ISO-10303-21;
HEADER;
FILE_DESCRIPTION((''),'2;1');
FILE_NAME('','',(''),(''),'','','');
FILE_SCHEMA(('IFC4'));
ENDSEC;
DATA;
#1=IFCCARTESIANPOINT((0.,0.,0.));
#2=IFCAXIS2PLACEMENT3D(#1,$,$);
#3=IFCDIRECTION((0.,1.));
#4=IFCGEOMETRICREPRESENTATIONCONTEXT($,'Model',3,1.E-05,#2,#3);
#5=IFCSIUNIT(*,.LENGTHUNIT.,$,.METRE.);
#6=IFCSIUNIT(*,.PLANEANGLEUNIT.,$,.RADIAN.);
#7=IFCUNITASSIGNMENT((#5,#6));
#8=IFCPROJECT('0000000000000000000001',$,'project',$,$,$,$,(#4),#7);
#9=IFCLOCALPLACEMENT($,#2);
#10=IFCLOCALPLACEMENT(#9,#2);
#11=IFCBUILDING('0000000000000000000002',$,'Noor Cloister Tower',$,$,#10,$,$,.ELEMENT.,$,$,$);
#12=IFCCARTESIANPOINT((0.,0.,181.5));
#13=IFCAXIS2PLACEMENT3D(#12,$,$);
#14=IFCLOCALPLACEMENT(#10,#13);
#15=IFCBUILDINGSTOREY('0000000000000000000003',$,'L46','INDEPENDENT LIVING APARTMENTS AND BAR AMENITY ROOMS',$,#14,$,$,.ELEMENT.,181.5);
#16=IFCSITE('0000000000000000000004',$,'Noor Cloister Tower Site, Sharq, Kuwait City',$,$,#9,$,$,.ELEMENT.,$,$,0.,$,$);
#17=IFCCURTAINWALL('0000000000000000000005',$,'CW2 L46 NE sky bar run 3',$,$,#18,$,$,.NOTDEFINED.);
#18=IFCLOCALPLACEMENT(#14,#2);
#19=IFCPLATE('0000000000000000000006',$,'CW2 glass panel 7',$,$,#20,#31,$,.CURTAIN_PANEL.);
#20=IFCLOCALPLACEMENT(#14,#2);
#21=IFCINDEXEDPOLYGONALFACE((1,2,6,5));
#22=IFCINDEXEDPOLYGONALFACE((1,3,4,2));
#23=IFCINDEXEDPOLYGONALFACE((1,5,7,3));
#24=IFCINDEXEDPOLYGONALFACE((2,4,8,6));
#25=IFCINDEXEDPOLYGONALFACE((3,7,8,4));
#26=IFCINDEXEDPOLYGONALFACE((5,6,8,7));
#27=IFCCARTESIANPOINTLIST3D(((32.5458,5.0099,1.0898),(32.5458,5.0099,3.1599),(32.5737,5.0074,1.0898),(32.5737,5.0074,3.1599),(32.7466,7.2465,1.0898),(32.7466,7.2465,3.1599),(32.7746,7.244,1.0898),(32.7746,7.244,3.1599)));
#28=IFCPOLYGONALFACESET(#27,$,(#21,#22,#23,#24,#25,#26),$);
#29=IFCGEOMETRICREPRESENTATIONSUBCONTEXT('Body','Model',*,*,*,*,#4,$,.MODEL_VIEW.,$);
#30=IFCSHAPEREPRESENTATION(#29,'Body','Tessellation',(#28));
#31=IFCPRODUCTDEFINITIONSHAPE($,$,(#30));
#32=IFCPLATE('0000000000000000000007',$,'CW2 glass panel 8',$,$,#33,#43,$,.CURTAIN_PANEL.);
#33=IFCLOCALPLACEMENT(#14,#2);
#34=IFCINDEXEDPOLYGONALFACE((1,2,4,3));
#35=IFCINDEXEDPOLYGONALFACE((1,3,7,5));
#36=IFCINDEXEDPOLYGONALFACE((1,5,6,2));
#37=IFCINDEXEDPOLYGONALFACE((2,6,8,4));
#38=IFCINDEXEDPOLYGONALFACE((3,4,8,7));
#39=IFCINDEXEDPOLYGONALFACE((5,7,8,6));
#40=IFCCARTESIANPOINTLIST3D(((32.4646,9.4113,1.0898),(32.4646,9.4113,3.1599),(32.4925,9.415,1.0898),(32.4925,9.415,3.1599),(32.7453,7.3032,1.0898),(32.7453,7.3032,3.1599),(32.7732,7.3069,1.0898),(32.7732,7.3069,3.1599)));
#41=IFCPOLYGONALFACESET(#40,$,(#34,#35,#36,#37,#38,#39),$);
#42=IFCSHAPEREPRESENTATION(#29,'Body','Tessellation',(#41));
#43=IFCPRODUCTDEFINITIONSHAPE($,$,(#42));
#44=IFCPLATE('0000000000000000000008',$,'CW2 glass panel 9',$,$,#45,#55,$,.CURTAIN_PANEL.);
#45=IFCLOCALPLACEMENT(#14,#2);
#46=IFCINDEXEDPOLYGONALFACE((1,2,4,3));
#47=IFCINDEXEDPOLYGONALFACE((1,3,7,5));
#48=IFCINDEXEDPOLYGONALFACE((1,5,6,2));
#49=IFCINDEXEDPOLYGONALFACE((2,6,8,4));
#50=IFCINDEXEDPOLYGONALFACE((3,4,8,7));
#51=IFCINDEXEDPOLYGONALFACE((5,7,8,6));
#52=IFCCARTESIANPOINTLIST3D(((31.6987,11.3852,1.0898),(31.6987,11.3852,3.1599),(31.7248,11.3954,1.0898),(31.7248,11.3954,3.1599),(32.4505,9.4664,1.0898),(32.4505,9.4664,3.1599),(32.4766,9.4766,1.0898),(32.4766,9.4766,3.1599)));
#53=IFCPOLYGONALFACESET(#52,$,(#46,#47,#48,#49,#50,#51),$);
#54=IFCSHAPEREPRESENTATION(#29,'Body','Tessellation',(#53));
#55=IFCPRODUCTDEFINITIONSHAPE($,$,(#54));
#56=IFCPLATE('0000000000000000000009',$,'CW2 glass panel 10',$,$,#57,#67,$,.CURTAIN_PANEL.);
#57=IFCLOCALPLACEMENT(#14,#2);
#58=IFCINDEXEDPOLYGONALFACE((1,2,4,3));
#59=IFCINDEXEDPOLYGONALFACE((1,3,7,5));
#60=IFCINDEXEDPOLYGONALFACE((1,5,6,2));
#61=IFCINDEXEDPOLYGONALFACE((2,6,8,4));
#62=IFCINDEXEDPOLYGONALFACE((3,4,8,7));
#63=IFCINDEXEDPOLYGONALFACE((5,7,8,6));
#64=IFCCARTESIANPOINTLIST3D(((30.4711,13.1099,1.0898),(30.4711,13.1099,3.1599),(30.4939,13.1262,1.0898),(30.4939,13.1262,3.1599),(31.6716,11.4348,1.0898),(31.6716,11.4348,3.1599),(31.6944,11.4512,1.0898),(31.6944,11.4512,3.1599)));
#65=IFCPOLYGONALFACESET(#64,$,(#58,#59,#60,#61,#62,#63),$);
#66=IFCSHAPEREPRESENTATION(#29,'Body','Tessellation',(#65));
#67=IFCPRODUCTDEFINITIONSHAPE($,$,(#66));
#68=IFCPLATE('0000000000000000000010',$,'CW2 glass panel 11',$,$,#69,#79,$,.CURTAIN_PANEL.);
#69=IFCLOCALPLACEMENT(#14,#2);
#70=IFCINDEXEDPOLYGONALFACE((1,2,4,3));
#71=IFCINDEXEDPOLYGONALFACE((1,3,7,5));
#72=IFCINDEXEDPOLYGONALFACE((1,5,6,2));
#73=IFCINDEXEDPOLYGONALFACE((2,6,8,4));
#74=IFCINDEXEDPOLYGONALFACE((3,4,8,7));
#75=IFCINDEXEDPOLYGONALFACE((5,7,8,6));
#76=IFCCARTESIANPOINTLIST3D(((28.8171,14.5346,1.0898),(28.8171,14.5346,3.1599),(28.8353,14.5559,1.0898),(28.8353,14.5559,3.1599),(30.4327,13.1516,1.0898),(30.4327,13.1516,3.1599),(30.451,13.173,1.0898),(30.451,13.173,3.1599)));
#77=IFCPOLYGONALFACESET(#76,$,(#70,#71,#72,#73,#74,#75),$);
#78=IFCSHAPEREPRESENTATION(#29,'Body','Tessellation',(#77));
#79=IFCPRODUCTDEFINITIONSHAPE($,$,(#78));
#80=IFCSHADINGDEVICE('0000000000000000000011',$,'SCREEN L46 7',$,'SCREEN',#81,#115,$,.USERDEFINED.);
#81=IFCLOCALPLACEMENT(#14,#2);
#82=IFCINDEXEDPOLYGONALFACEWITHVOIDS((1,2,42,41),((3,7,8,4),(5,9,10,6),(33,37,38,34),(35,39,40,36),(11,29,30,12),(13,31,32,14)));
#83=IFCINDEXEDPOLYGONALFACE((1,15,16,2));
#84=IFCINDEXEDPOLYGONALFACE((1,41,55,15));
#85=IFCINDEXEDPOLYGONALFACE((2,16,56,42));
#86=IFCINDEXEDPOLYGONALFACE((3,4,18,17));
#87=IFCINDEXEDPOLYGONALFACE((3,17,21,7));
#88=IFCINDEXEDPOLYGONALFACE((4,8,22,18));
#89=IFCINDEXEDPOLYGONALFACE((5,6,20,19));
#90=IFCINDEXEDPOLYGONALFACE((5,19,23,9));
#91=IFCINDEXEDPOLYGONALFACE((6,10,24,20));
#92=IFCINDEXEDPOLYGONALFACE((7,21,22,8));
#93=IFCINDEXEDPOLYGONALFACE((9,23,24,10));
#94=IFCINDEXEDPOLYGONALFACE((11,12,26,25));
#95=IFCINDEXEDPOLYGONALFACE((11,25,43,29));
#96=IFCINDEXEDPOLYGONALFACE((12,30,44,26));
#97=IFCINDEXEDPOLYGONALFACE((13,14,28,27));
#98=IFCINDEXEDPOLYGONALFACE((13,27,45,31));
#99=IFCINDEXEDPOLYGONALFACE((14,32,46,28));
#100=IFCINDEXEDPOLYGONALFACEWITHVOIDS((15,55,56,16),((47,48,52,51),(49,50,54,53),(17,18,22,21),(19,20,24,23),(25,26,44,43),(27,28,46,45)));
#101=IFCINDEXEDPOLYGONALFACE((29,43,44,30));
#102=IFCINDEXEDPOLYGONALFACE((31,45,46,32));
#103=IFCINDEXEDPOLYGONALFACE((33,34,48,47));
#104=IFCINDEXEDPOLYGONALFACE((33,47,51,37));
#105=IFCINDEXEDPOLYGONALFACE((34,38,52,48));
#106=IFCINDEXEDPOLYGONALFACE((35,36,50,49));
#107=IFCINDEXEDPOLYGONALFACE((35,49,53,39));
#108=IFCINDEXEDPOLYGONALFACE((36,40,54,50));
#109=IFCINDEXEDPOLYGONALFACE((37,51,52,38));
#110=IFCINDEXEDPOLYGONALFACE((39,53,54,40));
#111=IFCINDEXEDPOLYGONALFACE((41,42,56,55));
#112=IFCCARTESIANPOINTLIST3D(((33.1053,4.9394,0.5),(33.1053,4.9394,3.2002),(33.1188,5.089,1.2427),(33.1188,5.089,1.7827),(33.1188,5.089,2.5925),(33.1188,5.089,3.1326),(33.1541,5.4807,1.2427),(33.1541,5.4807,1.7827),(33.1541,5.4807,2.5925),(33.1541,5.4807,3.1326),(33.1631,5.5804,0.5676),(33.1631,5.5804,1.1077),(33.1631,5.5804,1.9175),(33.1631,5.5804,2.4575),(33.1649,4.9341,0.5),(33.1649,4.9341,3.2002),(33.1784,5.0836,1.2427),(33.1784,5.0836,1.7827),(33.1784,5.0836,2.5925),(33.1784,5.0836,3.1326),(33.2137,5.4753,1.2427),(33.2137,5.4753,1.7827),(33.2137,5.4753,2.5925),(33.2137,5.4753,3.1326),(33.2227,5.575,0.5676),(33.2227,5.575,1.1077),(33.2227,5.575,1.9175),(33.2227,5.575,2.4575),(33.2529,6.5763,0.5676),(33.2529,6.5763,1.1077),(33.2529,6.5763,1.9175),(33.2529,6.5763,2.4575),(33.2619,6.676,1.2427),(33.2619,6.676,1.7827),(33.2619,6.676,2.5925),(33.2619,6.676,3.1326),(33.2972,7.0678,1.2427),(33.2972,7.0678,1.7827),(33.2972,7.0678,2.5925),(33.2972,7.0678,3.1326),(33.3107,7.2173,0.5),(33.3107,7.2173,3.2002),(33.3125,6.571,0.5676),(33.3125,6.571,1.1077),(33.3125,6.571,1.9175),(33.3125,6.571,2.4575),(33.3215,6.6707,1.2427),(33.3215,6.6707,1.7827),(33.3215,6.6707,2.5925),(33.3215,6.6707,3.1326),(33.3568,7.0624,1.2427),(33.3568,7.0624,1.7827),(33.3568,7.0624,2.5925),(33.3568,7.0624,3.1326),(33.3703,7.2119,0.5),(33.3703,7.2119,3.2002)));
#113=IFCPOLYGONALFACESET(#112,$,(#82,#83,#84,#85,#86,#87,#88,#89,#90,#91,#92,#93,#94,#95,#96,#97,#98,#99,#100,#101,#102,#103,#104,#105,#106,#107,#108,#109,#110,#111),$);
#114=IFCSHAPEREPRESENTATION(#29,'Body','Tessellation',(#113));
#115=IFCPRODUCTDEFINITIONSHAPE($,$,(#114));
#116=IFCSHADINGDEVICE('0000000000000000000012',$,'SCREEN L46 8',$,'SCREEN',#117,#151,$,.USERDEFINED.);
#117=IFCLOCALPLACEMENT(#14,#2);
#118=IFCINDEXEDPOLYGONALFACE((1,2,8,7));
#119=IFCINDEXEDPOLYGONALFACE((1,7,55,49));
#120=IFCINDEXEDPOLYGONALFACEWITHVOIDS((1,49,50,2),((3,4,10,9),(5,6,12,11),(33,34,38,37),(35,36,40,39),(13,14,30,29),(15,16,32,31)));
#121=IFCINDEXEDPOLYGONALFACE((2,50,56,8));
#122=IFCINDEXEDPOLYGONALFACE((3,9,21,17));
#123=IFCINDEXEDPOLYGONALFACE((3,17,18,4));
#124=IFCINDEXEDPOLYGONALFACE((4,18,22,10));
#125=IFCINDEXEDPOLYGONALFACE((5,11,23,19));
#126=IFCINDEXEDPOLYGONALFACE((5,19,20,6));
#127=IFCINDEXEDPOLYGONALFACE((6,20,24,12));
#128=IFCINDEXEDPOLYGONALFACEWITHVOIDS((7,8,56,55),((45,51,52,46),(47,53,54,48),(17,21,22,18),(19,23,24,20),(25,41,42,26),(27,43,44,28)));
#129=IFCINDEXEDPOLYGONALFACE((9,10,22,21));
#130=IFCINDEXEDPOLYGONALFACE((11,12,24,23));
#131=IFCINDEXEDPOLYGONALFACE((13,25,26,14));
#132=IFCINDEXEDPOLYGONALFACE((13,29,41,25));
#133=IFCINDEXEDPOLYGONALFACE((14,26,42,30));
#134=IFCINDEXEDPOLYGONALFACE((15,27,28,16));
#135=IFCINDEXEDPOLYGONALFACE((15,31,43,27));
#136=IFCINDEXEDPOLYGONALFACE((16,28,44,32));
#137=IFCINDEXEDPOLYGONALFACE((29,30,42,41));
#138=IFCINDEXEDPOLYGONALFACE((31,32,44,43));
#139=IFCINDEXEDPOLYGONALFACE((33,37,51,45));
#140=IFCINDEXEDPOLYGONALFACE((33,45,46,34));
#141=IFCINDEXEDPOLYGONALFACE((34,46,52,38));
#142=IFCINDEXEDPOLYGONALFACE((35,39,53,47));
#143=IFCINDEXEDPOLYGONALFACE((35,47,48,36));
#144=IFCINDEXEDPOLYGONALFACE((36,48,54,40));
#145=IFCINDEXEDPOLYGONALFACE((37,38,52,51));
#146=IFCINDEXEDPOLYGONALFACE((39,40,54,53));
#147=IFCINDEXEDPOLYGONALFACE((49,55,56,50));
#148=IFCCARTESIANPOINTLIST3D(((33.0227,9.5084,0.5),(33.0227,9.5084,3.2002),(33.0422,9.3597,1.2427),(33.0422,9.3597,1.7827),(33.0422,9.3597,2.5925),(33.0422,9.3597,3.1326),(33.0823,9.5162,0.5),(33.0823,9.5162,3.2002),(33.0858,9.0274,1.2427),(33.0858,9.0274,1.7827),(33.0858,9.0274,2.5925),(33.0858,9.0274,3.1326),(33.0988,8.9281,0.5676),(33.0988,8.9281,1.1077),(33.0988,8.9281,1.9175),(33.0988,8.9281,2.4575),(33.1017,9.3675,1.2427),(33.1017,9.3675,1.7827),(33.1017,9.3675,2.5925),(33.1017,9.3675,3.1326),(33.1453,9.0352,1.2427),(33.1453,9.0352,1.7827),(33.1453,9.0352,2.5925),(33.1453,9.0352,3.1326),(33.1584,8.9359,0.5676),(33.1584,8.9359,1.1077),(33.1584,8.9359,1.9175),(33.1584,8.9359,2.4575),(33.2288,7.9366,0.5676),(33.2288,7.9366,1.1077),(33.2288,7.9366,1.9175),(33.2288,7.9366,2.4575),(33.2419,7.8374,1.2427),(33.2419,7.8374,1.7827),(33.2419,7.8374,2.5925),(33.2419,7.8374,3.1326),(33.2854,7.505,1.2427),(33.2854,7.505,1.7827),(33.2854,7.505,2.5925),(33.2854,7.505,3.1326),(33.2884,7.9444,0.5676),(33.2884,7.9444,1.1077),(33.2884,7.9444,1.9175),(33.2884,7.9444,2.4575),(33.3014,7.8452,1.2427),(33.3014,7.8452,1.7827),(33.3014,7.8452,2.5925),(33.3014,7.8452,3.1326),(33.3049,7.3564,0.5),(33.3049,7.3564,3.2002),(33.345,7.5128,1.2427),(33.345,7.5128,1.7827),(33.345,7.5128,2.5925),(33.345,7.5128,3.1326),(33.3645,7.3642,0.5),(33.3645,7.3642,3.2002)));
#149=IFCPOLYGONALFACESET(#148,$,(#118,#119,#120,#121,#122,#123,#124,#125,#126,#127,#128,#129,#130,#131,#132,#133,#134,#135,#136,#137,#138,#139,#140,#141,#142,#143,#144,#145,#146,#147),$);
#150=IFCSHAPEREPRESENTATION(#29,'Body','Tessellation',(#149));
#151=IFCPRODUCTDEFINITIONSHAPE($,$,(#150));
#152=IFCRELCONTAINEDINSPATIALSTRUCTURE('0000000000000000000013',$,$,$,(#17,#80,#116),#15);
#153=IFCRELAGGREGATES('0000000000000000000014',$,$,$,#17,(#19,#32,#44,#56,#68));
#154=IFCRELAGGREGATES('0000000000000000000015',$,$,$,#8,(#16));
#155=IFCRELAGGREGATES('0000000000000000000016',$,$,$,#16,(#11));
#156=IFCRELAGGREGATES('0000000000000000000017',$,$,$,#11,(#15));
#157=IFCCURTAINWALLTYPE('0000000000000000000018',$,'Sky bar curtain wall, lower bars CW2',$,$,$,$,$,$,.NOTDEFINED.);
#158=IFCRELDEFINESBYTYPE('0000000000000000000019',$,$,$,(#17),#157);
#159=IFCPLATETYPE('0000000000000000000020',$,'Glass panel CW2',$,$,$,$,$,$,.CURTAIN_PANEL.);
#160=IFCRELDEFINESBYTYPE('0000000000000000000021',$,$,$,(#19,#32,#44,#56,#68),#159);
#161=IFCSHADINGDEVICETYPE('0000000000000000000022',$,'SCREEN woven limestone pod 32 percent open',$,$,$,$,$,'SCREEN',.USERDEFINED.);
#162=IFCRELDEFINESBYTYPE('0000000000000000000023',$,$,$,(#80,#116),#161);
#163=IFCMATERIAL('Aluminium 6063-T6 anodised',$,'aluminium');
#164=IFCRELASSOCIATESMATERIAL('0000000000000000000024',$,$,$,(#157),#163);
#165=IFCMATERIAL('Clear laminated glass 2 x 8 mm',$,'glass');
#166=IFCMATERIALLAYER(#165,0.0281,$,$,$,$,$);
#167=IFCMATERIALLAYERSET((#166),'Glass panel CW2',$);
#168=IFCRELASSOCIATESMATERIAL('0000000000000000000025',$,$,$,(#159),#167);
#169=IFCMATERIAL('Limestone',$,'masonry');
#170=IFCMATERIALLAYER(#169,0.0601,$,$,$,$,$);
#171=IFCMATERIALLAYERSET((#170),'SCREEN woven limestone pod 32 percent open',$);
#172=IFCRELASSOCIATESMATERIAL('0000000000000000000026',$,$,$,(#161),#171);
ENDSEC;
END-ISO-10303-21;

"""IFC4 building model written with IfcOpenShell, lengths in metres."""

from ifc_helpers import new_model, si_unit, direction, frame, origin, origin_2d, place, context, subcontext, project, spatial, polyline, rectangle, outline, extrude, material, layer, layer_set, type_object, element, aggregate, save


model = new_model("IFC4")

# Units and contexts
model_context = context("Model", 3, precision=1e-05, world=origin(), true_north=direction((0.0, 1.0)))
body_context = subcontext(model_context, "Body", "Model", "MODEL_VIEW")
ifc_project = project(units=[si_unit("LENGTHUNIT", "METRE"), si_unit("PLANEANGLEUNIT", "RADIAN")], contexts=[model_context])

# Site, building, storey
site_placement = place(None, origin())
site = spatial("IfcSite", under=ifc_project, at=site_placement, Name="Noor Cloister Tower Site, Sharq, Kuwait City", CompositionType="ELEMENT", RefElevation=0.0)
building_placement = place(site_placement, origin())
building = spatial("IfcBuilding", under=site, at=building_placement, Name="Noor Cloister Tower", CompositionType="ELEMENT")
storey_placement = place(building_placement, frame((0.0, 0.0, 181.5)))
storey = spatial("IfcBuildingStorey", under=building, at=storey_placement, Name="L46", Description="INDEPENDENT LIVING APARTMENTS AND BAR AMENITY ROOMS", CompositionType="ELEMENT", Elevation=181.5)

# Curtain wall
ifc_material_1 = material(Name="Aluminium 6063-T6 anodised", Category="aluminium")
curtain_wall_type = type_object("IfcCurtainWallType", Name="Sky bar curtain wall, lower bars CW2", PredefinedType="NOTDEFINED", material=ifc_material_1)
curtain_wall_placement = place(storey_placement, origin())
curtain_wall = element("IfcCurtainWall", 1, at=curtain_wall_placement, inside=storey, type_object=curtain_wall_type, Name="CW2 L46 NE sky bar run 3", PredefinedType="NOTDEFINED")

# Plates
ifc_material_2 = material(Name="Clear laminated glass 2 x 8 mm", Category="glass")
ifc_layer_1 = layer(ifc_material_2, 0.0281)
ifc_layer_set_1 = layer_set([ifc_layer_1], Name="Glass panel CW2")
plate_type = type_object("IfcPlateType", Name="Glass panel CW2", PredefinedType="CURTAIN_PANEL", material=ifc_layer_set_1)
plate_1_placement = place(storey_placement, frame((32.6602, 6.127, 1.0898), z_axis=(0.0, 0.0, 1.0), x_axis=(0.089433, 0.995993, 0.0)))
plate_1 = element("IfcPlate", 2, at=plate_1_placement, type_object=plate_type, Name="CW2 glass panel 7", PredefinedType="CURTAIN_PANEL", context=body_context, shape_type="SweptSolid", body=[
    extrude(rectangle(XDim=2.2456, YDim=0.0281, at=origin_2d()), origin(), (0.0, 0.0, 1.0), 2.0701),
])
plate_2_placement = place(storey_placement, frame((32.6189, 8.3591, 1.0898), z_axis=(0.0, 0.0, 1.0), x_axis=(-0.131999, 0.99125, 0.0)))
plate_2 = element("IfcPlate", 3, at=plate_2_placement, type_object=plate_type, Name="CW2 glass panel 8", PredefinedType="CURTAIN_PANEL", context=body_context, shape_type="SweptSolid", body=[
    extrude(rectangle(XDim=2.1267, YDim=0.0281, at=origin_2d()), origin(), (0.0, 0.0, 1.0), 2.0701),
])
plate_3_placement = place(storey_placement, frame((32.0876, 10.4309, 1.0898), z_axis=(0.0, 0.0, 1.0), x_axis=(-0.364789, 0.93109, 0.0)))
plate_3 = element("IfcPlate", 4, at=plate_3_placement, type_object=plate_type, Name="CW2 glass panel 9", PredefinedType="CURTAIN_PANEL", context=body_context, shape_type="SweptSolid", body=[
    extrude(rectangle(XDim=2.0608, YDim=0.0281, at=origin_2d()), origin(), (0.0, 0.0, 1.0), 2.0701),
])
plate_4_placement = place(storey_placement, frame((31.0828, 12.2805, 1.0898), z_axis=(0.0, 0.0, 1.0), x_axis=(-0.582524, 0.812814, 0.0)))
plate_4 = element("IfcPlate", 5, at=plate_4_placement, type_object=plate_type, Name="CW2 glass panel 10", PredefinedType="CURTAIN_PANEL", context=body_context, shape_type="SweptSolid", body=[
    extrude(rectangle(XDim=2.0608, YDim=0.0281, at=origin_2d()), origin(), (0.0, 0.0, 1.0), 2.0701),
])
plate_5_placement = place(storey_placement, frame((29.634, 13.8538, 1.0898), z_axis=(0.0, 0.0, 1.0), x_axis=(-0.7597, 0.650274, 0.0)))
plate_5 = element("IfcPlate", 6, at=plate_5_placement, type_object=plate_type, Name="CW2 glass panel 11", PredefinedType="CURTAIN_PANEL", context=body_context, shape_type="SweptSolid", body=[
    extrude(rectangle(XDim=2.1267, YDim=0.0281, at=origin_2d()), origin(), (0.0, 0.0, 1.0), 2.0701),
])
aggregate(curtain_wall, [plate_1, plate_2, plate_3, plate_4, plate_5])

# Shading devices
ifc_material_3 = material(Name="Limestone", Category="masonry")
ifc_layer_2 = layer(ifc_material_3, 0.0601)
ifc_layer_set_2 = layer_set([ifc_layer_2], Name="SCREEN woven limestone pod 32 percent open")
shading_device_type = type_object("IfcShadingDeviceType", Name="SCREEN woven limestone pod 32 percent open", ElementType="SCREEN", PredefinedType="USERDEFINED", material=ifc_layer_set_2)
shading_device_1_placement = place(storey_placement, frame((33.208, 6.0784, 1.8501), z_axis=(0.99596, -0.0898, 0.0), x_axis=(0.0898, 0.99596, 0.0)))
element("IfcShadingDevice", 7, at=shading_device_1_placement, inside=storey, type_object=shading_device_type, Name="SCREEN L46 7", ObjectType="SCREEN", PredefinedType="USERDEFINED", context=body_context, shape_type="SweptSolid", body=[
    extrude(outline(polyline([(-1.1436, -1.3501), (1.1436, -1.3501), (1.1436, 1.3501), (-1.1436, 1.3501), (-1.1436, -1.3501)]), holes=[polyline([(-0.5, -1.2825), (0.5, -1.2825), (0.5, -0.7424), (-0.5, -0.7424), (-0.5, -1.2825)]), polyline([(0.6001, -0.6074), (0.9934, -0.6074), (0.9934, -0.0674), (0.6001, -0.0674), (0.6001, -0.6074)]), polyline([(-0.9934, -0.6074), (-0.6001, -0.6074), (-0.6001, -0.0674), (-0.9934, -0.0674), (-0.9934, -0.6074)]), polyline([(-0.5, 0.0674), (0.5, 0.0674), (0.5, 0.6074), (-0.5, 0.6074), (-0.5, 0.0674)]), polyline([(0.6001, 0.7424), (0.9934, 0.7424), (0.9934, 1.2825), (0.6001, 1.2825), (0.6001, 0.7424)]), polyline([(-0.9934, 0.7424), (-0.6001, 0.7424), (-0.6001, 1.2825), (-0.9934, 1.2825), (-0.9934, 0.7424)])]), origin(), (0.0, 0.0, 1.0), 0.0598),
])
shading_device_2_placement = place(storey_placement, frame((33.1638, 8.4324, 1.8501), z_axis=(0.99151, 0.130034, 0.0), x_axis=(-0.130034, 0.99151, 0.0)))
element("IfcShadingDevice", 8, at=shading_device_2_placement, inside=storey, type_object=shading_device_type, Name="SCREEN L46 8", ObjectType="SCREEN", PredefinedType="USERDEFINED", context=body_context, shape_type="SweptSolid", body=[
    extrude(outline(polyline([(-1.0852, -1.3501), (1.0852, -1.3501), (1.0852, 1.3501), (-1.0852, 1.3501), (-1.0852, -1.3501)]), holes=[polyline([(-0.5, -1.2825), (0.5, -1.2825), (0.5, -0.7424), (-0.5, -0.7424), (-0.5, -1.2825)]), polyline([(0.6001, -0.6074), (0.9353, -0.6074), (0.9353, -0.0674), (0.6001, -0.0674), (0.6001, -0.6074)]), polyline([(-0.9353, -0.6074), (-0.6001, -0.6074), (-0.6001, -0.0674), (-0.9353, -0.0674), (-0.9353, -0.6074)]), polyline([(-0.5, 0.0674), (0.5, 0.0674), (0.5, 0.6074), (-0.5, 0.6074), (-0.5, 0.0674)]), polyline([(0.6001, 0.7424), (0.9353, 0.7424), (0.9353, 1.2825), (0.6001, 1.2825), (0.6001, 0.7424)]), polyline([(-0.9353, 0.7424), (-0.6001, 0.7424), (-0.6001, 1.2825), (-0.9353, 1.2825), (-0.9353, 0.7424)])]), origin(), (0.0, 0.0, 1.0), 0.0601),
])

save(model, "model.ifc")
